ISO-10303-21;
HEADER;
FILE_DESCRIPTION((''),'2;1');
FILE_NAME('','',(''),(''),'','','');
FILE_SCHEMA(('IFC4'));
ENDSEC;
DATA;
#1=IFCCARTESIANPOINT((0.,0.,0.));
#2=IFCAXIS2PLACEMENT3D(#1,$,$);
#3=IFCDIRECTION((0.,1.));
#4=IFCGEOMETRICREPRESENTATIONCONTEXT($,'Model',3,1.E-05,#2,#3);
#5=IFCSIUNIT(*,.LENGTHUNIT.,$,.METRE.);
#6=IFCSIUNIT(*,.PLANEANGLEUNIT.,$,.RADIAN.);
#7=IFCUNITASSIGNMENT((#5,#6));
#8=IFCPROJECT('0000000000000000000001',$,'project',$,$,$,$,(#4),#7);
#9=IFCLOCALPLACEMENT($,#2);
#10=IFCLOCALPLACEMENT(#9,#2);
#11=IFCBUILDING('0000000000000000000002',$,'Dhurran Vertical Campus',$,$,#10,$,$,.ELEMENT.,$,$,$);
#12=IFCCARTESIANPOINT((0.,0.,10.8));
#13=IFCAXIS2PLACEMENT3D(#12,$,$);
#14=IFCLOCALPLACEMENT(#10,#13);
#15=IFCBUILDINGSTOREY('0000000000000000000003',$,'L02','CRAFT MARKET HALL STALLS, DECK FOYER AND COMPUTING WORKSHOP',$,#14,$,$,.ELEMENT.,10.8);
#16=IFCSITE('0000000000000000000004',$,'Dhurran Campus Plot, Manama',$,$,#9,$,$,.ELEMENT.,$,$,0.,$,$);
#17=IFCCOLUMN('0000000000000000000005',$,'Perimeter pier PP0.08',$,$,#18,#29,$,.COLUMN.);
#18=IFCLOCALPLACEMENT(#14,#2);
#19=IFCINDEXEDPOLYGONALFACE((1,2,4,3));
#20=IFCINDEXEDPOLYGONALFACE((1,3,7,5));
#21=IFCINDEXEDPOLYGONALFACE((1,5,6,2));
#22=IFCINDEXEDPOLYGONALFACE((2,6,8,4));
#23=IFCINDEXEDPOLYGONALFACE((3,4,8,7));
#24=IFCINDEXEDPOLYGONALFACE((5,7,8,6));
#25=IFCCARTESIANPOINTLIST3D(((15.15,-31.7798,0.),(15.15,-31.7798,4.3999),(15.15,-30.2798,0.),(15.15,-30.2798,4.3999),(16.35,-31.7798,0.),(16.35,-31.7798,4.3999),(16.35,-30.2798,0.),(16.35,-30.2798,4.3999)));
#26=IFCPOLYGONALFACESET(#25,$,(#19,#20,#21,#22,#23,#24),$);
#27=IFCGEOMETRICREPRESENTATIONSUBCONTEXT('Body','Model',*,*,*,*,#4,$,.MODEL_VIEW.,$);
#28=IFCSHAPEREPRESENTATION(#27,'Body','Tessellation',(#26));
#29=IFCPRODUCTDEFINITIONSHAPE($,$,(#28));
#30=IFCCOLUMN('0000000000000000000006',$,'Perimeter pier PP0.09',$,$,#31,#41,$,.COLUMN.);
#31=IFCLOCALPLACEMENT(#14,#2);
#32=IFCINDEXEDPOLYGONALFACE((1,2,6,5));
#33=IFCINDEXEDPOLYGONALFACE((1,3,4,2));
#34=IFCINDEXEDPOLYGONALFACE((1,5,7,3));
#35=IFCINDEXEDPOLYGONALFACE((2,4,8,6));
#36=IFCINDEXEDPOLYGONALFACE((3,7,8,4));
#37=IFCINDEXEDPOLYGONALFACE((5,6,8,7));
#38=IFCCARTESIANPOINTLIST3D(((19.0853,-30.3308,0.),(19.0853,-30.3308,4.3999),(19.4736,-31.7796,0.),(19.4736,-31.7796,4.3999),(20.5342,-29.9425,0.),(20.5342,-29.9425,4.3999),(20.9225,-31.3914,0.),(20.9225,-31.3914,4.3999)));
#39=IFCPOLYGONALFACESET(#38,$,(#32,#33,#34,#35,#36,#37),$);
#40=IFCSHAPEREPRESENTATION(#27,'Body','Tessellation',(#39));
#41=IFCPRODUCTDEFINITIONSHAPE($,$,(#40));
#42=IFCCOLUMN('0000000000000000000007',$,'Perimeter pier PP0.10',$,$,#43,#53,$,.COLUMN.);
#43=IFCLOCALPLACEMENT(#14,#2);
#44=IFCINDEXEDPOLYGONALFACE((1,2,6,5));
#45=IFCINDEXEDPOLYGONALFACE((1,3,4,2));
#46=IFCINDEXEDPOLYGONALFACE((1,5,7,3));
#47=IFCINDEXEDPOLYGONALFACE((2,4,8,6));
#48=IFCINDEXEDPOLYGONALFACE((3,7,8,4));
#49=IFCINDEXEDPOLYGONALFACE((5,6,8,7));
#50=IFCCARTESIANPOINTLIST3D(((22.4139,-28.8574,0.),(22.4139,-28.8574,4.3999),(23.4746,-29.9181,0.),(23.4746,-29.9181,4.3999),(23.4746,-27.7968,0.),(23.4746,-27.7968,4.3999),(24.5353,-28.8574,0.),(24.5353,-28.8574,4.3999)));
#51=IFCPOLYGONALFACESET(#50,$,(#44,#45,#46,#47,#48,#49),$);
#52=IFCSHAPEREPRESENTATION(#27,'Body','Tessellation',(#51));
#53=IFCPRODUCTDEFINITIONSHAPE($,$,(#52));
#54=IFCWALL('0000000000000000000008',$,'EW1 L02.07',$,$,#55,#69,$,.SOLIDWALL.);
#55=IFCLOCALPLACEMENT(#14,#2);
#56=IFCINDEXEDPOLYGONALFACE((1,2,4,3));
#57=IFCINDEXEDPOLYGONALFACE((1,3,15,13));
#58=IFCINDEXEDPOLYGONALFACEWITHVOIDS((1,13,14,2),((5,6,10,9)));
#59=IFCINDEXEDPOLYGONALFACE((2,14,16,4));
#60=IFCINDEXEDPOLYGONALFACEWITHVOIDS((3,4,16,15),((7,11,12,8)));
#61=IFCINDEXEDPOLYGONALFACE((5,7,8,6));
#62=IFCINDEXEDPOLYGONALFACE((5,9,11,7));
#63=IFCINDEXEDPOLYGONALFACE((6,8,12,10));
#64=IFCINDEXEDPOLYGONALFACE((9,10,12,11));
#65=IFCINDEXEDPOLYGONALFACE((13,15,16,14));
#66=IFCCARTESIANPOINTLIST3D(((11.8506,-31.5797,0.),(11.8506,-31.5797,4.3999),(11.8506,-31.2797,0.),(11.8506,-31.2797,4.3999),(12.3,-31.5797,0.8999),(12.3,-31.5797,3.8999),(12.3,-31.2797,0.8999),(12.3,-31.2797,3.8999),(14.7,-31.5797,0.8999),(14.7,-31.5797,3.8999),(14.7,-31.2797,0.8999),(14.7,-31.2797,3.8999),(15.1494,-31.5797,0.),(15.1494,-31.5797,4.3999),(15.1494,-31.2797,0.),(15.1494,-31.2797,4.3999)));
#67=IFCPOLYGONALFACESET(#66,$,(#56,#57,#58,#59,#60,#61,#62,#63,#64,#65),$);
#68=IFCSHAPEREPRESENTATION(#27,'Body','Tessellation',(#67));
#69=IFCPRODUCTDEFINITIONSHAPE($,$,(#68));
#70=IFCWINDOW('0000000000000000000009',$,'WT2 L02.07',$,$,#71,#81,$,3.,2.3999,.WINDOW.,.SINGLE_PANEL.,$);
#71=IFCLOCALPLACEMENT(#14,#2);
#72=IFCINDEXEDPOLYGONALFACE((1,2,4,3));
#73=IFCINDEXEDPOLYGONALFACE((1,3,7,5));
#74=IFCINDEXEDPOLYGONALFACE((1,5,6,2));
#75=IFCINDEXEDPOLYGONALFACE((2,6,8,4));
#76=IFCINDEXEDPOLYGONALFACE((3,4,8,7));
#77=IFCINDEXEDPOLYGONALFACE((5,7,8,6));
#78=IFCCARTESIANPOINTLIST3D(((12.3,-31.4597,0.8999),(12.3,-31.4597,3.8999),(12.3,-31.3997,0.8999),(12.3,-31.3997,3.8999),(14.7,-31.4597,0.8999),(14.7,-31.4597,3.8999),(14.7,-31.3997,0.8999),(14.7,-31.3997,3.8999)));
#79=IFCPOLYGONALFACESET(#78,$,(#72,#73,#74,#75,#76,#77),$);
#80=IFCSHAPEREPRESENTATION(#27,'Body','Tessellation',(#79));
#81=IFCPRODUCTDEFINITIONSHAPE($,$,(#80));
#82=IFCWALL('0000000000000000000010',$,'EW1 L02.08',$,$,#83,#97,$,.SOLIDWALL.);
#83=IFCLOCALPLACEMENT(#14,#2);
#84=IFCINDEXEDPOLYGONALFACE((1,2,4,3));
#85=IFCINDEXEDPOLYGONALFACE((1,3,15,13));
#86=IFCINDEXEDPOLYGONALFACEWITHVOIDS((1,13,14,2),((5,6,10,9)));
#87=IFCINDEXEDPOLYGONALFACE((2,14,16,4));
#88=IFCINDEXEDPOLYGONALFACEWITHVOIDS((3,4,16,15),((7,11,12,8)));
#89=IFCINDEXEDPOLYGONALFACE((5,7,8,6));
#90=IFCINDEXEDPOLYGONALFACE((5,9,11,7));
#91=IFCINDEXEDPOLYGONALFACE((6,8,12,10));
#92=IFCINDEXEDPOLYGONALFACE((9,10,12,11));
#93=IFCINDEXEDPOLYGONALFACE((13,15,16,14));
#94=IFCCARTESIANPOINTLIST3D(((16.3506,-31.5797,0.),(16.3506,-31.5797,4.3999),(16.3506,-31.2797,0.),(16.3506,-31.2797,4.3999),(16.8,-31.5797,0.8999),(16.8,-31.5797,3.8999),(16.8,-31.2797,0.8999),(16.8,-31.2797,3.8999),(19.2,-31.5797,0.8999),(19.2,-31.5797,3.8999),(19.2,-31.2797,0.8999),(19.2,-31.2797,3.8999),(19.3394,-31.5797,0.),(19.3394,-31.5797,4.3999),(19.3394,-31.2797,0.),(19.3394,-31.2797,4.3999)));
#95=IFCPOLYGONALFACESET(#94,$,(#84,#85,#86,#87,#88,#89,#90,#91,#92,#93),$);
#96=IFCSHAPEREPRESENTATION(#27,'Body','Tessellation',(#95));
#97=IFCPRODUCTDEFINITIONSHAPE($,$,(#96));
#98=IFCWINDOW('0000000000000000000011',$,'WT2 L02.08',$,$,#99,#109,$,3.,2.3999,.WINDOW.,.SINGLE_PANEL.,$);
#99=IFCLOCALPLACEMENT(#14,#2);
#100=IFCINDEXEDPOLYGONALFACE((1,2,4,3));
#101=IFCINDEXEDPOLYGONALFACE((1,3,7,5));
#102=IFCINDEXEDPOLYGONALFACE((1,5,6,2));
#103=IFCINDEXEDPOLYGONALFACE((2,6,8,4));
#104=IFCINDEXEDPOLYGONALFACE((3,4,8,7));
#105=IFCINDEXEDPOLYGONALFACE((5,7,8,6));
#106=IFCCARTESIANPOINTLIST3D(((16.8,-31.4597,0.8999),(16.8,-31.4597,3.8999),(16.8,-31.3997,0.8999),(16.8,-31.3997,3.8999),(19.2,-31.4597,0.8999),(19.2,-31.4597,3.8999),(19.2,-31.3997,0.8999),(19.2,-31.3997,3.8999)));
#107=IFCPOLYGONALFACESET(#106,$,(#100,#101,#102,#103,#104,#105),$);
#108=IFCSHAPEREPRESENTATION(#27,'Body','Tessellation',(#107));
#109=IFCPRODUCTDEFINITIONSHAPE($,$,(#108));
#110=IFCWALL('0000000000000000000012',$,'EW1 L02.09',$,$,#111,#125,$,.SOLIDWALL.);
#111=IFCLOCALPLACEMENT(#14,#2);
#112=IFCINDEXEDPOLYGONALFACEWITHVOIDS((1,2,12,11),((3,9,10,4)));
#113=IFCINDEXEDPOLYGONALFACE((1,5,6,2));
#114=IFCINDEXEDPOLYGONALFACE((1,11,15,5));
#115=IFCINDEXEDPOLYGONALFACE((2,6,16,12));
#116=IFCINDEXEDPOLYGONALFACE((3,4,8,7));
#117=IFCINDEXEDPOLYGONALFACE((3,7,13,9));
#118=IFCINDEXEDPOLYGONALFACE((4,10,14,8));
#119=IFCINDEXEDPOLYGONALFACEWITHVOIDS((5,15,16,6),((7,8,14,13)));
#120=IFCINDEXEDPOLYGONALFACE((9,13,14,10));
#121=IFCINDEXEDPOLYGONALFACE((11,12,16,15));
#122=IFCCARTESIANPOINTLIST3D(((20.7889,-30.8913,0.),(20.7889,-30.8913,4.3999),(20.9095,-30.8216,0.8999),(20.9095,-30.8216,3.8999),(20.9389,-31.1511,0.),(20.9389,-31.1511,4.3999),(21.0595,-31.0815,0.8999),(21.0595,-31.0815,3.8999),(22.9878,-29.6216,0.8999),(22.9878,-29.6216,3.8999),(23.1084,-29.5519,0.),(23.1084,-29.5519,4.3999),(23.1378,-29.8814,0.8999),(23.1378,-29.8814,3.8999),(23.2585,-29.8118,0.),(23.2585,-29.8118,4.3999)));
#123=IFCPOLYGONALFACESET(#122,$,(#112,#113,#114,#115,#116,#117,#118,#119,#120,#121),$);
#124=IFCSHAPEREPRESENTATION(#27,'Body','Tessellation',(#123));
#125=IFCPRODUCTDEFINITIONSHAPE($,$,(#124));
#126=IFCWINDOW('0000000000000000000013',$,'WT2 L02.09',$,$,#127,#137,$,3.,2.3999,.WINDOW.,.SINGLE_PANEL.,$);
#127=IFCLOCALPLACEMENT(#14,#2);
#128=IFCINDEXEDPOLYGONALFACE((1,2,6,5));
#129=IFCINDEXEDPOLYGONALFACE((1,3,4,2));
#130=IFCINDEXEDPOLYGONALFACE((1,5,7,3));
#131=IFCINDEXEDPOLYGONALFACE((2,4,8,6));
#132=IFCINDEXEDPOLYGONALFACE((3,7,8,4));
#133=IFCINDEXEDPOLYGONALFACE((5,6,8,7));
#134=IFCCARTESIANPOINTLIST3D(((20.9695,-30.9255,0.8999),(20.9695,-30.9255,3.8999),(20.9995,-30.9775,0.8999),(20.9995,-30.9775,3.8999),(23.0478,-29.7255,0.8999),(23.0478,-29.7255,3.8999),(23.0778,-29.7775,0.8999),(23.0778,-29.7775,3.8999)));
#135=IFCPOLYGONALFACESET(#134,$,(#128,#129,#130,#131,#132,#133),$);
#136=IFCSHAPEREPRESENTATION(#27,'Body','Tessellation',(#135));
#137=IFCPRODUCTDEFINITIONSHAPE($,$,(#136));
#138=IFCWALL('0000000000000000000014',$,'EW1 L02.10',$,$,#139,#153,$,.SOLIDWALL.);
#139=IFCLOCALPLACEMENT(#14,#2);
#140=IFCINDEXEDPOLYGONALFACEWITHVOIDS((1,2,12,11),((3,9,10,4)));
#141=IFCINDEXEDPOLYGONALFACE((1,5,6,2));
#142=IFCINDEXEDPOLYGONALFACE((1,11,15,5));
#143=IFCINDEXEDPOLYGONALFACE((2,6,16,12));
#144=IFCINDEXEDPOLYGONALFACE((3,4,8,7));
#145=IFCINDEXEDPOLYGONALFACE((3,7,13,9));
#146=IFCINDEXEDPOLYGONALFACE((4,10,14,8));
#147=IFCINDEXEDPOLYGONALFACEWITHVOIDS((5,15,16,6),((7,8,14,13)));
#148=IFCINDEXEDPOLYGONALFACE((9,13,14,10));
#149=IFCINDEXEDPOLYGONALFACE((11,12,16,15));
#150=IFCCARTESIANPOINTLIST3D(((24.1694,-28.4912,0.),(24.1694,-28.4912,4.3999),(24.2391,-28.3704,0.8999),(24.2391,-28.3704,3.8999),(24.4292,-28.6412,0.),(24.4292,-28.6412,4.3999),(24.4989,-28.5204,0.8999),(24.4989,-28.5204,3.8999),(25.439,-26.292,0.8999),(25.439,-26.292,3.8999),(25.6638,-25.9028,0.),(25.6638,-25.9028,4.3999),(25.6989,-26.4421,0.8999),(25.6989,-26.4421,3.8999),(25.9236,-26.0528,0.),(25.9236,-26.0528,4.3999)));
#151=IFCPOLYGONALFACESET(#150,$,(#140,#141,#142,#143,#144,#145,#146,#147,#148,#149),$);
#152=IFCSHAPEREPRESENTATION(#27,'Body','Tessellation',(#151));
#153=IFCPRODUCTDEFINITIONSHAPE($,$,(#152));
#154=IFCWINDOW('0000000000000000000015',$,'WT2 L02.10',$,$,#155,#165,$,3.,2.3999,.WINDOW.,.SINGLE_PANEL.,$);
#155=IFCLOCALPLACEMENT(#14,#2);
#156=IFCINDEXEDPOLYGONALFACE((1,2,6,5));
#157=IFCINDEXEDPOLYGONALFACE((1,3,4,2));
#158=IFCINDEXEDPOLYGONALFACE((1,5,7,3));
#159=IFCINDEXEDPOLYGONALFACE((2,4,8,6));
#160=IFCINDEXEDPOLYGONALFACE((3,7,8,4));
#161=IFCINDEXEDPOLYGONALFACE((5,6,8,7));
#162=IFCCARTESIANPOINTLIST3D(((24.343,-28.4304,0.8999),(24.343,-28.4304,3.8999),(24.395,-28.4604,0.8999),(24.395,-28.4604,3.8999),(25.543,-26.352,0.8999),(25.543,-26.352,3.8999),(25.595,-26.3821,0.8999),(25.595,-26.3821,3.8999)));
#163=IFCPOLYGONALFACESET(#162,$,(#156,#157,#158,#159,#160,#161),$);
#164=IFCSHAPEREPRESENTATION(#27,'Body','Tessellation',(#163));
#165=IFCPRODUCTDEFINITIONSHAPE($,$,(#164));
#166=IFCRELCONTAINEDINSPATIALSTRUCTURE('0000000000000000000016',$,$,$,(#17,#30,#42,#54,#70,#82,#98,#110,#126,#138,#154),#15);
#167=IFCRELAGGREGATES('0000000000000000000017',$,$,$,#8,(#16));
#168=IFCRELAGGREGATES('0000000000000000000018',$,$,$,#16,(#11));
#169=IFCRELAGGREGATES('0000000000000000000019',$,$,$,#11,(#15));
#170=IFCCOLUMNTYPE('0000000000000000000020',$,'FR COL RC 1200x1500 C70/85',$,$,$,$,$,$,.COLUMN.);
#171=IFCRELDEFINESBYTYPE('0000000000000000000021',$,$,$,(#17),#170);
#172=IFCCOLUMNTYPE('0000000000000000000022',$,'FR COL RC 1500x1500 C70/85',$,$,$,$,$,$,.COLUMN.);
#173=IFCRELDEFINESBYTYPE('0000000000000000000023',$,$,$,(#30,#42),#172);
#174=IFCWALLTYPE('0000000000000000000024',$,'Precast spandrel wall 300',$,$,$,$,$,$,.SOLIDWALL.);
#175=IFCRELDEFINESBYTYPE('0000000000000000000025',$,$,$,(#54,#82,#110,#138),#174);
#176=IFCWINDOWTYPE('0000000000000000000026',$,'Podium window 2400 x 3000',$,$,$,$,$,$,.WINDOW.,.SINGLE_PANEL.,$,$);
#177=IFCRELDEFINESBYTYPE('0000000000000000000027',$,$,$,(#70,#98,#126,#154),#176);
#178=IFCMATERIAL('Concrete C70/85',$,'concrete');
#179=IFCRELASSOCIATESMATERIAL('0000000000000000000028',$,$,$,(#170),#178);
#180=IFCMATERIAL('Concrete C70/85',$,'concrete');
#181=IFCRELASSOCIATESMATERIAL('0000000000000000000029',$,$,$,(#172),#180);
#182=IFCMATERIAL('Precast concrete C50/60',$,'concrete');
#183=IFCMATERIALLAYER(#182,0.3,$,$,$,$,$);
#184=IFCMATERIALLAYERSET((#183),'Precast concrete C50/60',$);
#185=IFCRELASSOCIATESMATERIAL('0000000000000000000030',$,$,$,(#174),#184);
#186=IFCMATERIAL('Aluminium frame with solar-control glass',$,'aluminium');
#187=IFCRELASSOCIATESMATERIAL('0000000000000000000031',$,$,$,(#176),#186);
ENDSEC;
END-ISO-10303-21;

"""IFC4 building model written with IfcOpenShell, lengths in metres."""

from ifc_helpers import new_model, si_unit, direction, frame, frame_2d, origin, origin_2d, place, context, subcontext, project, spatial, rectangle, extrude, material, layer, layer_set, material_profile, profile_set, type_object, element, fill, save


model = new_model("IFC4")

# Units and contexts
model_context = context("Model", 3, precision=1e-05, world=origin(), true_north=direction((0.0, 1.0)))
body_context = subcontext(model_context, "Body", "Model", "MODEL_VIEW")
ifc_project = project(units=[si_unit("LENGTHUNIT", "METRE"), si_unit("PLANEANGLEUNIT", "RADIAN")], contexts=[model_context])

# Site, building, storey
site_placement = place(None, origin())
site = spatial("IfcSite", under=ifc_project, at=site_placement, Name="Dhurran Campus Plot, Manama", CompositionType="ELEMENT", RefElevation=0.0)
building_placement = place(site_placement, origin())
building = spatial("IfcBuilding", under=site, at=building_placement, Name="Dhurran Vertical Campus", CompositionType="ELEMENT")
storey_placement = place(building_placement, frame((0.0, 0.0, 10.8)))
storey = spatial("IfcBuildingStorey", under=building, at=storey_placement, Name="L02", Description="CRAFT MARKET HALL STALLS, DECK FOYER AND COMPUTING WORKSHOP", CompositionType="ELEMENT", Elevation=10.8)

# Columns
ifc_material_1 = material(Name="Concrete C70/85", Category="concrete")
ifc_material_profile_1 = material_profile(ifc_material_1, rectangle(XDim=1.2, YDim=1.5, at=origin_2d()), Name="RC 1200x1500")
ifc_profile_set_1 = profile_set([ifc_material_profile_1], Name="Concrete C70/85")
column_type_1 = type_object("IfcColumnType", Name="FR COL RC 1200x1500 C70/85", PredefinedType="COLUMN", material=ifc_profile_set_1)
column_placement = place(storey_placement, frame((15.75, -31.0298, 0.0), z_axis=(0.0, 0.0, 1.0), x_axis=(1.0, 0.0, 0.0)))
element("IfcColumn", 1, at=column_placement, inside=storey, type_object=column_type_1, Name="Perimeter pier PP0.08", PredefinedType="COLUMN", context=body_context, shape_type="SweptSolid", body=[
    extrude(rectangle(XDim=1.2, YDim=1.5, at=origin_2d()), origin(), (0.0, 0.0, 1.0), 4.3999),
])
ifc_material_2 = material(Name="Concrete C70/85", Category="concrete")
ifc_material_profile_2 = material_profile(ifc_material_2, rectangle(XDim=1.5, YDim=1.5, at=origin_2d()), Name="RC 1500x1500")
ifc_profile_set_2 = profile_set([ifc_material_profile_2], Name="Concrete C70/85")
column_type_2 = type_object("IfcColumnType", Name="FR COL RC 1500x1500 C70/85", PredefinedType="COLUMN", material=ifc_profile_set_2)
for number, where, z_axis, x_axis, name in (
    (2, (20.0039, -30.8611, 0.0), (0.0, 0.0, 1.0), (0.965926, 0.258819, 0.0), "Perimeter pier PP0.09"),
    (3, (23.4746, -28.8574, 0.0), (0.0, 0.0, 1.0), (0.707107, 0.707107, 0.0), "Perimeter pier PP0.10"),
):
    element("IfcColumn", number, at=place(storey_placement, frame(where, z_axis=z_axis, x_axis=x_axis)), inside=storey, type_object=column_type_2, Name=name, PredefinedType="COLUMN", context=body_context, shape_type="SweptSolid", body=[
        extrude(rectangle(XDim=1.5, YDim=1.5, at=origin_2d()), origin(), (0.0, 0.0, 1.0), 4.3999),
    ])

# Walls, openings, windows
ifc_material_3 = material(Name="Precast concrete C50/60", Category="concrete")
ifc_layer = layer(ifc_material_3, 0.3)
ifc_layer_set = layer_set([ifc_layer], Name="Precast concrete C50/60")
wall_type = type_object("IfcWallType", Name="Precast spandrel wall 300", PredefinedType="SOLIDWALL", material=ifc_layer_set)
wall_1_placement = place(storey_placement, frame((11.8506, -31.4297, 0.0), z_axis=(0.0, 0.0, 1.0), x_axis=(1.0, 0.0, 0.0)))
wall_1 = element("IfcWall", 4, at=wall_1_placement, inside=storey, type_object=wall_type, Name="EW1 L02.07", PredefinedType="SOLIDWALL", context=body_context, shape_type="SweptSolid", body=[
    extrude(rectangle(XDim=3.2988, YDim=0.3, at=frame_2d((1.6494, 0.0))), origin(), (0.0, 0.0, 1.0), 4.3999),
])
opening_1_placement = place(wall_1_placement, frame((0.4495, 0.0, 0.8999)))
opening_1 = element("IfcOpeningElement", 5, at=opening_1_placement, cuts=wall_1, PredefinedType="OPENING", context=body_context, shape_type="SweptSolid", body=[
    extrude(rectangle(XDim=2.3999, YDim=3.0, at=frame_2d((1.2, 1.5))), frame((0.0, 0.1599, 0.0), z_axis=(0.0, -1.0, 0.0), x_axis=(1.0, 0.0, 0.0)), (0.0, 0.0, 1.0), 0.3201),
])
ifc_material_4 = material(Name="Aluminium frame with solar-control glass", Category="aluminium")
window_type = type_object("IfcWindowType", Name="Podium window 2400 x 3000", PartitioningType="SINGLE_PANEL", PredefinedType="WINDOW", material=ifc_material_4)
window_1_placement = place(opening_1_placement, origin())
window_1 = element("IfcWindow", 6, at=window_1_placement, inside=storey, type_object=window_type, Name="WT2 L02.07", OverallHeight=3.0, OverallWidth=2.3999, PartitioningType="SINGLE_PANEL", PredefinedType="WINDOW", context=body_context, shape_type="SweptSolid", body=[
    extrude(rectangle(XDim=2.3999, YDim=3.0, at=frame_2d((1.2, 1.5))), frame((0.0, 0.03, 0.0), z_axis=(0.0, -1.0, 0.0), x_axis=(1.0, 0.0, 0.0)), (0.0, 0.0, 1.0), 0.0601),
])
fill(opening_1, window_1)
wall_2_placement = place(storey_placement, frame((16.3506, -31.4297, 0.0), z_axis=(0.0, 0.0, 1.0), x_axis=(1.0, 0.0, 0.0)))
wall_2 = element("IfcWall", 7, at=wall_2_placement, inside=storey, type_object=wall_type, Name="EW1 L02.08", PredefinedType="SOLIDWALL", context=body_context, shape_type="SweptSolid", body=[
    extrude(rectangle(XDim=2.9888, YDim=0.3, at=frame_2d((1.4944, 0.0))), origin(), (0.0, 0.0, 1.0), 4.3999),
])
opening_2_placement = place(wall_2_placement, frame((0.4495, 0.0, 0.8999)))
opening_2 = element("IfcOpeningElement", 8, at=opening_2_placement, cuts=wall_2, PredefinedType="OPENING", context=body_context, shape_type="SweptSolid", body=[
    extrude(rectangle(XDim=2.3999, YDim=3.0, at=frame_2d((1.2, 1.5))), frame((0.0, 0.1599, 0.0), z_axis=(0.0, -1.0, 0.0), x_axis=(1.0, 0.0, 0.0)), (0.0, 0.0, 1.0), 0.3201),
])
window_2_placement = place(opening_2_placement, origin())
window_2 = element("IfcWindow", 9, at=window_2_placement, inside=storey, type_object=window_type, Name="WT2 L02.08", OverallHeight=3.0, OverallWidth=2.3999, PartitioningType="SINGLE_PANEL", PredefinedType="WINDOW", context=body_context, shape_type="SweptSolid", body=[
    extrude(rectangle(XDim=2.3999, YDim=3.0, at=frame_2d((1.2, 1.5))), frame((0.0, 0.03, 0.0), z_axis=(0.0, -1.0, 0.0), x_axis=(1.0, 0.0, 0.0)), (0.0, 0.0, 1.0), 0.0601),
])
fill(opening_2, window_2)
wall_3_placement = place(storey_placement, frame((20.8638, -31.0212, 0.0), z_axis=(0.0, 0.0, 1.0), x_axis=(0.866002, 0.500041, 0.0)))
wall_3 = element("IfcWall", 10, at=wall_3_placement, inside=storey, type_object=wall_type, Name="EW1 L02.09", PredefinedType="SOLIDWALL", context=body_context, shape_type="SweptSolid", body=[
    extrude(rectangle(XDim=2.6785, YDim=0.3, at=frame_2d((1.3394, 0.0))), origin(), (0.0, 0.0, 1.0), 4.3999),
])
opening_3_placement = place(wall_3_placement, frame((0.1394, 0.0, 0.8999)))
opening_3 = element("IfcOpeningElement", 11, at=opening_3_placement, cuts=wall_3, PredefinedType="OPENING", context=body_context, shape_type="SweptSolid", body=[
    extrude(rectangle(XDim=2.3999, YDim=3.0, at=frame_2d((1.2, 1.5))), frame((0.0, 0.1599, 0.0), z_axis=(0.0, -1.0, 0.0), x_axis=(1.0, 0.0, 0.0)), (0.0, 0.0, 1.0), 0.3201),
])
window_3_placement = place(opening_3_placement, origin())
window_3 = element("IfcWindow", 12, at=window_3_placement, inside=storey, type_object=window_type, Name="WT2 L02.09", OverallHeight=3.0, OverallWidth=2.3999, PartitioningType="SINGLE_PANEL", PredefinedType="WINDOW", context=body_context, shape_type="SweptSolid", body=[
    extrude(rectangle(XDim=2.3999, YDim=3.0, at=frame_2d((1.2, 1.5))), frame((0.0, 0.03, 0.0), z_axis=(0.0, -1.0, 0.0), x_axis=(1.0, 0.0, 0.0)), (0.0, 0.0, 1.0), 0.0601),
])
fill(opening_3, window_3)
wall_4_placement = place(storey_placement, frame((24.2993, -28.5662, 0.0), z_axis=(0.0, 0.0, 1.0), x_axis=(0.499996, 0.866028, 0.0)))
wall_4 = element("IfcWall", 13, at=wall_4_placement, inside=storey, type_object=wall_type, Name="EW1 L02.10", PredefinedType="SOLIDWALL", context=body_context, shape_type="SweptSolid", body=[
    extrude(rectangle(XDim=2.9888, YDim=0.3, at=frame_2d((1.4944, 0.0))), origin(), (0.0, 0.0, 1.0), 4.3999),
])
opening_4_placement = place(wall_4_placement, frame((0.1394, 0.0, 0.8999)))
opening_4 = element("IfcOpeningElement", 14, at=opening_4_placement, cuts=wall_4, PredefinedType="OPENING", context=body_context, shape_type="SweptSolid", body=[
    extrude(rectangle(XDim=2.3999, YDim=3.0, at=frame_2d((1.2, 1.5))), frame((0.0, 0.1599, 0.0), z_axis=(0.0, -1.0, 0.0), x_axis=(1.0, 0.0, 0.0)), (0.0, 0.0, 1.0), 0.3201),
])
window_4_placement = place(opening_4_placement, origin())
window_4 = element("IfcWindow", 15, at=window_4_placement, inside=storey, type_object=window_type, Name="WT2 L02.10", OverallHeight=3.0, OverallWidth=2.3999, PartitioningType="SINGLE_PANEL", PredefinedType="WINDOW", context=body_context, shape_type="SweptSolid", body=[
    extrude(rectangle(XDim=2.3999, YDim=3.0, at=frame_2d((1.2, 1.5))), frame((0.0, 0.03, 0.0), z_axis=(0.0, -1.0, 0.0), x_axis=(1.0, 0.0, 0.0)), (0.0, 0.0, 1.0), 0.0601),
])
fill(opening_4, window_4)

save(model, "model.ifc")
